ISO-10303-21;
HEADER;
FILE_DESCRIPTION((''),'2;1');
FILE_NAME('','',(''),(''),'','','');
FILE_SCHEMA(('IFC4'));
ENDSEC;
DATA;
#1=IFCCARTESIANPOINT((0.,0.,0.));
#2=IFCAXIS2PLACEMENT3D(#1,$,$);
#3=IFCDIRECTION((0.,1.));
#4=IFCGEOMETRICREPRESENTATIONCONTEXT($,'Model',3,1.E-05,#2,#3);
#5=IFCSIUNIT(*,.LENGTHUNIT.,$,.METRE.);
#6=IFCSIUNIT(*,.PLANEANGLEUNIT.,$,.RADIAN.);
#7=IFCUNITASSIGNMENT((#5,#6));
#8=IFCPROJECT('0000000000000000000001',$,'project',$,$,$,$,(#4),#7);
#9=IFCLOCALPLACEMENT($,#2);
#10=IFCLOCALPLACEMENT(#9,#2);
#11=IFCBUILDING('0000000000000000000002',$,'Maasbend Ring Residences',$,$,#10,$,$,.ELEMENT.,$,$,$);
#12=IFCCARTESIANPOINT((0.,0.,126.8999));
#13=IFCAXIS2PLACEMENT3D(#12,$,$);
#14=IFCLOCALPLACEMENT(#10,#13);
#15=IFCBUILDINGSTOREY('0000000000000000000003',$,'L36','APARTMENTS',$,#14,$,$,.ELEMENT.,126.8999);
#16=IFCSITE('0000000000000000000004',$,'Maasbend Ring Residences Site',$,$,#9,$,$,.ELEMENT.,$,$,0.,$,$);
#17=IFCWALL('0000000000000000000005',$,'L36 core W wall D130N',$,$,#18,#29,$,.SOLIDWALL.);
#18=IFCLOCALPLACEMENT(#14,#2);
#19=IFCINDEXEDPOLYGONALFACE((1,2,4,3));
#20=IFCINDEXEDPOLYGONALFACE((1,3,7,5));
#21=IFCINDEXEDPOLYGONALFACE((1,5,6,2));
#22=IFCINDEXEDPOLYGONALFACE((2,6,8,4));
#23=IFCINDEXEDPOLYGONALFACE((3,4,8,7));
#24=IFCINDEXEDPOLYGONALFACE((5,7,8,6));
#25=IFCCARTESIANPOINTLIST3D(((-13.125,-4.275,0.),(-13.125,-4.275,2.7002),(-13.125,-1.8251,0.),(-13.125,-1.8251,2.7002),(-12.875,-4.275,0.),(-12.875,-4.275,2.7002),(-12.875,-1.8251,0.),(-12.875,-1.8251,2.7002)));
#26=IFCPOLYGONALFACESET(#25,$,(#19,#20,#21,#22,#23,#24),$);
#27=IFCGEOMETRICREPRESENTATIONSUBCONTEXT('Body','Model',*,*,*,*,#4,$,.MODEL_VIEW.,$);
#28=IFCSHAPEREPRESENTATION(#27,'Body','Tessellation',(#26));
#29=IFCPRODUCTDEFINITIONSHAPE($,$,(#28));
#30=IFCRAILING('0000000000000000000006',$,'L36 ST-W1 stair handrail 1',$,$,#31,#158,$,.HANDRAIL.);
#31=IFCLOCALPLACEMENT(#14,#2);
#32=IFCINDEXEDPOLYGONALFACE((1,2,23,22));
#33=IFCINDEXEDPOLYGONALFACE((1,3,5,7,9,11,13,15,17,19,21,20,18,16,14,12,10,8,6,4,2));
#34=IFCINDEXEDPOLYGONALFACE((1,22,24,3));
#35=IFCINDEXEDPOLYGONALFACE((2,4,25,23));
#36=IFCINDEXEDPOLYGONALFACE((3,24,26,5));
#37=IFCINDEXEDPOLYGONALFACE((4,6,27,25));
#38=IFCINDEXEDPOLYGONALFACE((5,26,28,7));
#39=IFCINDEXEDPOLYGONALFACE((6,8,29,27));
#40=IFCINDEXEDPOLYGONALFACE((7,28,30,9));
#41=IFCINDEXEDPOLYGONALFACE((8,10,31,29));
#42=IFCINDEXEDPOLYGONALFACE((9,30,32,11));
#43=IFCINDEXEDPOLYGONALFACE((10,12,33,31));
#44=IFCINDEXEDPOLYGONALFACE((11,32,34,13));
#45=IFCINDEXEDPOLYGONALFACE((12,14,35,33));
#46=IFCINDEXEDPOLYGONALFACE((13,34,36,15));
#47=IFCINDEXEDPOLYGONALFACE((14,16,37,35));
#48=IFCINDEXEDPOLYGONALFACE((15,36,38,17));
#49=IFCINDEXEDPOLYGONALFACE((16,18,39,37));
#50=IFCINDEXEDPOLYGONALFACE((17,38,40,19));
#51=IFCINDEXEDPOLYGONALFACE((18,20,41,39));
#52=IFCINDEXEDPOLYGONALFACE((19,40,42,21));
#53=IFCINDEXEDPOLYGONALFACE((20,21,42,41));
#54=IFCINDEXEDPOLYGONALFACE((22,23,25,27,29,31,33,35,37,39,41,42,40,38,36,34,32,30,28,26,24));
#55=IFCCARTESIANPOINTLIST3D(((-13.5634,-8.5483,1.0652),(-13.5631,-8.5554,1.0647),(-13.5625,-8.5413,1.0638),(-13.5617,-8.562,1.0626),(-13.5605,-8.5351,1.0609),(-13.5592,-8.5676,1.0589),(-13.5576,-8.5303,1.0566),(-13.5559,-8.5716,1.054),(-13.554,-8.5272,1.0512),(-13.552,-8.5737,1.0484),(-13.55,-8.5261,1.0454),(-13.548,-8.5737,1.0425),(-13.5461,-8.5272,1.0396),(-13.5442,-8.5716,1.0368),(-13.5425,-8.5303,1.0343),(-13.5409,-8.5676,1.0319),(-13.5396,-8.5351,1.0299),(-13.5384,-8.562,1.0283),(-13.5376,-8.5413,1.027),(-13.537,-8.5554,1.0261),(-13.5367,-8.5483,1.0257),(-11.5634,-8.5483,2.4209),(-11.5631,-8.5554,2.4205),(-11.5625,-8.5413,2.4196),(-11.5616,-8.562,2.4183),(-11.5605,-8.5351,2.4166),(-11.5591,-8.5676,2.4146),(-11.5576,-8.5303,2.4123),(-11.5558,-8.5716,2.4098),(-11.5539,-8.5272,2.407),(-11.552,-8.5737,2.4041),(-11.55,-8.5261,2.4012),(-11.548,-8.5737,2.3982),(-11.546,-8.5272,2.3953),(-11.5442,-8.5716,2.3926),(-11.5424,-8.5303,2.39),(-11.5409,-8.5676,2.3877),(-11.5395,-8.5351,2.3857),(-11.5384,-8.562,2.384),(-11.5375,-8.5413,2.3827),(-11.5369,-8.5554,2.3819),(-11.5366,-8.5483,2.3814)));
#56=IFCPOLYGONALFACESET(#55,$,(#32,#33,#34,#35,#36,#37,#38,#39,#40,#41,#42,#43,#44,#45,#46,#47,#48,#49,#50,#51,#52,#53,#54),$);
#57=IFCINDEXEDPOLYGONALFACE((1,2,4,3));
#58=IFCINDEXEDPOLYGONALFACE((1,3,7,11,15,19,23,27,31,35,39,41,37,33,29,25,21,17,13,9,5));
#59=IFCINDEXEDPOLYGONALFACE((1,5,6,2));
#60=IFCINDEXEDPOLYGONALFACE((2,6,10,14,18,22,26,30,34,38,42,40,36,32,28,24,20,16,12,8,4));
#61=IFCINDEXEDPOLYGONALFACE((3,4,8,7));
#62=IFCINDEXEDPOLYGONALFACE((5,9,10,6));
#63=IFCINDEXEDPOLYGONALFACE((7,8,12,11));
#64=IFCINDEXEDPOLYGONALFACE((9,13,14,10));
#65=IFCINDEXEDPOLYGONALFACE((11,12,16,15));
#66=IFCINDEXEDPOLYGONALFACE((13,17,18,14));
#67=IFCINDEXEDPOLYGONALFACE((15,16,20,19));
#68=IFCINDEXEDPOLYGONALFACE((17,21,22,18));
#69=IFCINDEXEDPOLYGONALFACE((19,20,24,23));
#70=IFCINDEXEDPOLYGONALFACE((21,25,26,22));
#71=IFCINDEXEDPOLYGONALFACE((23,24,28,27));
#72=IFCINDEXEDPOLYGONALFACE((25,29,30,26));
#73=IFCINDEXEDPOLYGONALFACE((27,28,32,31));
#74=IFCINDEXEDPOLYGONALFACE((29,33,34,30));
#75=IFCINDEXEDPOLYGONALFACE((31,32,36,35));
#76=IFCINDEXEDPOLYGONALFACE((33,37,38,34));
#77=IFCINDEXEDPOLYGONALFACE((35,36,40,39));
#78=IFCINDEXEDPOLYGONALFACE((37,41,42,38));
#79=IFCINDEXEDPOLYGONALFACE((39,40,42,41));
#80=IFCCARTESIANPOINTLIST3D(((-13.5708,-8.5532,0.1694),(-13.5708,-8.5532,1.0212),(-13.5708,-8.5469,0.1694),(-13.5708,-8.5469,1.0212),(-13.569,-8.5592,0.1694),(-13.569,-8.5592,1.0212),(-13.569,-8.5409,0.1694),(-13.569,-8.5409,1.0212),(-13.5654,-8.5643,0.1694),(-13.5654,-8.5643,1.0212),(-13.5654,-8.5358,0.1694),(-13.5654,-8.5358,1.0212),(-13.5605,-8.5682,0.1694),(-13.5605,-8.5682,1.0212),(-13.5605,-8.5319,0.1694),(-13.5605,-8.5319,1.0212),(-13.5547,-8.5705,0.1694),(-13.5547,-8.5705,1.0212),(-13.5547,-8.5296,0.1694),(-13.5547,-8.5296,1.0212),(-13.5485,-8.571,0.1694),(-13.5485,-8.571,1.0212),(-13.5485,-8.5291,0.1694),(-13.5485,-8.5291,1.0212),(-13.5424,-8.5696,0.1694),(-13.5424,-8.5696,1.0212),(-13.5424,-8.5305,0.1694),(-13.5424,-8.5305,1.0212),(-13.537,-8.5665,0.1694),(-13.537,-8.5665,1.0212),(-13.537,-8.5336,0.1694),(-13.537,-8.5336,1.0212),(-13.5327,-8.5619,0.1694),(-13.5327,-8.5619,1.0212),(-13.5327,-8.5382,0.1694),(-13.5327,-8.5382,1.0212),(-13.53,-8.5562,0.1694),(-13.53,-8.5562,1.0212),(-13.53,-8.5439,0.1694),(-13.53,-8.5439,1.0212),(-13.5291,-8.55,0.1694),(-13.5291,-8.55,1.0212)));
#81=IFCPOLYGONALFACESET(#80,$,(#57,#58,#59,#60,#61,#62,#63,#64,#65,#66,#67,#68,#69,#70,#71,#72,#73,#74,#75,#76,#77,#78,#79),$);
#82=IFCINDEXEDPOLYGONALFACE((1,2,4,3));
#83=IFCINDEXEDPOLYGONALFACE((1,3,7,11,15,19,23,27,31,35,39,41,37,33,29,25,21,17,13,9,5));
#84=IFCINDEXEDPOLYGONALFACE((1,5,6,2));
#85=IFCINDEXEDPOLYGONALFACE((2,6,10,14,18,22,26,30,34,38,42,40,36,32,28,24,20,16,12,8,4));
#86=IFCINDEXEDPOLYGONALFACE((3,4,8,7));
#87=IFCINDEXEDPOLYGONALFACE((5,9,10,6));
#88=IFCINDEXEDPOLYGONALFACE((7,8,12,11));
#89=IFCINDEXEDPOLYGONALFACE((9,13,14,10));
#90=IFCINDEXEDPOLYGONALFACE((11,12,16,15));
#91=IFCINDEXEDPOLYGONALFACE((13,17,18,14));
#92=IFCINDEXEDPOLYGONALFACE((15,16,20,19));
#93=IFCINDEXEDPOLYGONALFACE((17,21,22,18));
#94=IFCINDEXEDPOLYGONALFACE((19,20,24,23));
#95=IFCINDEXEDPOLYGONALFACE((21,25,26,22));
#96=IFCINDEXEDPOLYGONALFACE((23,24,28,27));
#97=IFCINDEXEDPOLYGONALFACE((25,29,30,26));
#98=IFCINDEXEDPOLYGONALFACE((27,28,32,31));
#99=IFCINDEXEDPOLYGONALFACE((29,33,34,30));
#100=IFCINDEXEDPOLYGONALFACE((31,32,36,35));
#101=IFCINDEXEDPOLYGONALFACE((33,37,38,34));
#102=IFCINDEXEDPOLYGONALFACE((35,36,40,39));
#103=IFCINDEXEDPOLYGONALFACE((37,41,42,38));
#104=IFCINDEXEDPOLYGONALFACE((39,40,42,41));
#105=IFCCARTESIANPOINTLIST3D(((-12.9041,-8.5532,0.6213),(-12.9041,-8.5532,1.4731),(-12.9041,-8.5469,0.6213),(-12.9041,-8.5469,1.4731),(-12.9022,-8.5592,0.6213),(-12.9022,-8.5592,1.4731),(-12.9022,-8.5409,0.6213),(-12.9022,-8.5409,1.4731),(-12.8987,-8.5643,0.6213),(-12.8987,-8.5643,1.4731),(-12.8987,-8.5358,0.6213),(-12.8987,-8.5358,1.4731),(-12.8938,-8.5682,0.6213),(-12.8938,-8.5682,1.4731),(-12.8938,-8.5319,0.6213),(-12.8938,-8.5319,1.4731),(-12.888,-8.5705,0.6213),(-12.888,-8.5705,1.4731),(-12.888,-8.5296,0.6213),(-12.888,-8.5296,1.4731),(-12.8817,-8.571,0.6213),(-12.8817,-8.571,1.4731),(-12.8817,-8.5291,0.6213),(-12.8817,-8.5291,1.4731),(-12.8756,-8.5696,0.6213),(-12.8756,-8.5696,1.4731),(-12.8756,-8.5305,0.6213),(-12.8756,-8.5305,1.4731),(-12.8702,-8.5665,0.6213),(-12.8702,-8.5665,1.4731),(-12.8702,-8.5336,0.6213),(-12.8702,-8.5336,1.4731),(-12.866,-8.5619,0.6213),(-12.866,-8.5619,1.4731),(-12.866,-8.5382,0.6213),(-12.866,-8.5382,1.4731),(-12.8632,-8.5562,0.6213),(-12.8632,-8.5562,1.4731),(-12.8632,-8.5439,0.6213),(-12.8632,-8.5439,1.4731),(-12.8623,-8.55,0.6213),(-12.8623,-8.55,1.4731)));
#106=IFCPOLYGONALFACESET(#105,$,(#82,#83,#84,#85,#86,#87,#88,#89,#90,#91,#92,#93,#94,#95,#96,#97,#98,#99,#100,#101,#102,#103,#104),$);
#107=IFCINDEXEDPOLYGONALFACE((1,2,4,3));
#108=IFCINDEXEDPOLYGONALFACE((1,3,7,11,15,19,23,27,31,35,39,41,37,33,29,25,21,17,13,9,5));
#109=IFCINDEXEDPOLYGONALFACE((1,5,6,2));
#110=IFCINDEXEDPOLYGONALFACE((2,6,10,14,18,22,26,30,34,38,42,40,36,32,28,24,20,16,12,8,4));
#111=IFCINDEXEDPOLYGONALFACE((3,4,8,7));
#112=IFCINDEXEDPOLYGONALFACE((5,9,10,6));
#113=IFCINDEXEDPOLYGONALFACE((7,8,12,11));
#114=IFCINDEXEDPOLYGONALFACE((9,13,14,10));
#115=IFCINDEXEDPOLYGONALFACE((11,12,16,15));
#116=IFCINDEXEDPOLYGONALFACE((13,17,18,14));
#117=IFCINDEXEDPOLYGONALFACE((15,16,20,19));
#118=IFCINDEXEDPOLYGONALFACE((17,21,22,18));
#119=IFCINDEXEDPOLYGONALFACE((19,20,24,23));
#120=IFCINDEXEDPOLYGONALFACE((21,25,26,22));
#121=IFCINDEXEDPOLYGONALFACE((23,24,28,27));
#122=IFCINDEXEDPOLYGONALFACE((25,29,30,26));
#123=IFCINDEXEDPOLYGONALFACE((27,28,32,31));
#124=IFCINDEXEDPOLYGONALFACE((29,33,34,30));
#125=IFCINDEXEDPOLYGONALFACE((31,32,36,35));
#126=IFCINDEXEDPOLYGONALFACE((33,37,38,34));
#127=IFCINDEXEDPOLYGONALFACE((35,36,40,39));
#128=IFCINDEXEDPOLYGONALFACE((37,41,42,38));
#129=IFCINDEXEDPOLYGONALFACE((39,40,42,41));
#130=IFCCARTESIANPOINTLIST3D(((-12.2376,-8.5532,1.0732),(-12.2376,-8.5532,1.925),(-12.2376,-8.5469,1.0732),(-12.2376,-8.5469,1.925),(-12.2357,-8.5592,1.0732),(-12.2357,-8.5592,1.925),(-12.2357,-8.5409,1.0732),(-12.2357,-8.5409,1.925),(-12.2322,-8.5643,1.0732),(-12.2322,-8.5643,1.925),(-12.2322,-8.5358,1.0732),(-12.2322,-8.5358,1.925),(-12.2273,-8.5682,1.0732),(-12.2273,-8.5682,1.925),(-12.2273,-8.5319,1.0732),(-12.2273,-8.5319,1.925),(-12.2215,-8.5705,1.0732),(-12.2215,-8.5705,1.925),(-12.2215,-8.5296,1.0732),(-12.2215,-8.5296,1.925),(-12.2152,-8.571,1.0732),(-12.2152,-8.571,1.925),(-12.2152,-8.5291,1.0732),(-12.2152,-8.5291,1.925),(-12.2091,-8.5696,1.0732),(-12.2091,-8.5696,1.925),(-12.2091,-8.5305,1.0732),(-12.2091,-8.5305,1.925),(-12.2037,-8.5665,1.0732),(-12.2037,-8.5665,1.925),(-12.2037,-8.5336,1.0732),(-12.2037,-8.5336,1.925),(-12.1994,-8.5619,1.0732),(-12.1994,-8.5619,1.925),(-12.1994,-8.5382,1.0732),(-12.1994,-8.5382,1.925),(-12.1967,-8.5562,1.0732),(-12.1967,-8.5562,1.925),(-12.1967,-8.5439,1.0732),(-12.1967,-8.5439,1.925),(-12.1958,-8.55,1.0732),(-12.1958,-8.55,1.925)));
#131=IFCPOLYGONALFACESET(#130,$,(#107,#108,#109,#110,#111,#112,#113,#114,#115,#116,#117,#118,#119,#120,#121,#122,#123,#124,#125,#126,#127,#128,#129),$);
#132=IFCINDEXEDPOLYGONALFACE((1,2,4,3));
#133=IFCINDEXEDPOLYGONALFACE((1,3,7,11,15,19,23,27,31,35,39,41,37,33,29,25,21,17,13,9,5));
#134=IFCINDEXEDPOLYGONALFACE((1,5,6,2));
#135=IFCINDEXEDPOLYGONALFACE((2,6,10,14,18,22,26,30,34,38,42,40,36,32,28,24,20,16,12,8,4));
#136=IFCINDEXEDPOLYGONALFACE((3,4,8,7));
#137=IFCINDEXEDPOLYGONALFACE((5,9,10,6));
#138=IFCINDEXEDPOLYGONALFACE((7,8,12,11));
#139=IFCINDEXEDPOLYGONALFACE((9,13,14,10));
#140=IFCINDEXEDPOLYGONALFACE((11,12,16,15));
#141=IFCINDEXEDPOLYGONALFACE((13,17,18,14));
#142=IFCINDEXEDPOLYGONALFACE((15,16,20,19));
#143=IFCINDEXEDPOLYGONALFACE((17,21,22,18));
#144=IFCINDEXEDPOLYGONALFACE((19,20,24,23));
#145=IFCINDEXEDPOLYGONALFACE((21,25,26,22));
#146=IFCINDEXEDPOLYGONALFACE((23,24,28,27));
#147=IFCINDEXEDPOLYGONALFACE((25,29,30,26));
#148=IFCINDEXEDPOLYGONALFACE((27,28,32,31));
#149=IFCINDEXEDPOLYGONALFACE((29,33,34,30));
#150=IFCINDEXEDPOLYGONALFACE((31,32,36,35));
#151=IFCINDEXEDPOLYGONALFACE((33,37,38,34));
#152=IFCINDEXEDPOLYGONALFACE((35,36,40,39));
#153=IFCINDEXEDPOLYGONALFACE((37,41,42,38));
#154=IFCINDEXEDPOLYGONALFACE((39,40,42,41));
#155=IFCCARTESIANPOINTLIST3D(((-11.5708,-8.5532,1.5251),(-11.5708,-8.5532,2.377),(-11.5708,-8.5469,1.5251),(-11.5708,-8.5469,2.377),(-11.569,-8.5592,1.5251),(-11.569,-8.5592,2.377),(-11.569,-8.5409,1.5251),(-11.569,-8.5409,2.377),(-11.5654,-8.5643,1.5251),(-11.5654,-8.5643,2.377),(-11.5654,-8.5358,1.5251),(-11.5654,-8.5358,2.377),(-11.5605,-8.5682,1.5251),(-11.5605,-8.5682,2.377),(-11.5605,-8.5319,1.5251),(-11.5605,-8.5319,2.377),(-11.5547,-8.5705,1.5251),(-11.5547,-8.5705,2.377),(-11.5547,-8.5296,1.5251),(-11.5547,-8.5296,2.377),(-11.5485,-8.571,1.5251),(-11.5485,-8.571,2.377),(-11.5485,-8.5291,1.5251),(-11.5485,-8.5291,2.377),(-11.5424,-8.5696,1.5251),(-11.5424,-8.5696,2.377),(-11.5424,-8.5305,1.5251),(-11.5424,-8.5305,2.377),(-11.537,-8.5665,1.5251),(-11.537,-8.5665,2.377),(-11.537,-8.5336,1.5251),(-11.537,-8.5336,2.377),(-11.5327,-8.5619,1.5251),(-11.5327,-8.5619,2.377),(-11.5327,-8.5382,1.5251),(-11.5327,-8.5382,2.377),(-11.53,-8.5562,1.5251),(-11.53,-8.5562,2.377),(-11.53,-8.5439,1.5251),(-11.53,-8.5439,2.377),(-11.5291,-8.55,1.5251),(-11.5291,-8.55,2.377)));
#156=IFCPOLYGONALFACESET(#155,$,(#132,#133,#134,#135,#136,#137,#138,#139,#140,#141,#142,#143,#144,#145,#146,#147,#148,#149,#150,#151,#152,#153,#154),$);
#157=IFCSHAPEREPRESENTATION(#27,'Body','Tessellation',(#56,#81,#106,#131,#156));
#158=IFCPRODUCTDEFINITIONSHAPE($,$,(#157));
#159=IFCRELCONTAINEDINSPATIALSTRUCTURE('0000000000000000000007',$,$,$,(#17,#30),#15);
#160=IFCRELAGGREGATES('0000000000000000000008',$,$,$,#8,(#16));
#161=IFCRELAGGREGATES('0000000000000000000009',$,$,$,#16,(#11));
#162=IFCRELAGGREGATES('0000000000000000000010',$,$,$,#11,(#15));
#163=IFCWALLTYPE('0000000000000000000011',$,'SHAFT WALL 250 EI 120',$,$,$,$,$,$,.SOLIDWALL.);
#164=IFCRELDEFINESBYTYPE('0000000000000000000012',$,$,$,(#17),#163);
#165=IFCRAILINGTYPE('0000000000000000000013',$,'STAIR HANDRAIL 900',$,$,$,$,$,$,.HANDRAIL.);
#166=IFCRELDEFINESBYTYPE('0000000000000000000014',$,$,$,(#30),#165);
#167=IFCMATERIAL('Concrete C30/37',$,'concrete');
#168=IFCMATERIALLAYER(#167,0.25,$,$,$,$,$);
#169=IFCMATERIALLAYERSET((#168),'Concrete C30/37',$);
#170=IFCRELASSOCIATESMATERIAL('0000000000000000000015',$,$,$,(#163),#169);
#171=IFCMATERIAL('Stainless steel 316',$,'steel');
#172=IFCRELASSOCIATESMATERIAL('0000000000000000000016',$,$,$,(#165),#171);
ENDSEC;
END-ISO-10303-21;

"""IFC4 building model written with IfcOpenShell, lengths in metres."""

from ifc_helpers import new_model, si_unit, direction, frame, frame_2d, origin, origin_2d, place, context, subcontext, project, spatial, rectangle, circle, extrude, material, layer, layer_set, type_object, element, save


model = new_model("IFC4")

# Units and contexts
model_context = context("Model", 3, precision=1e-05, world=origin(), true_north=direction((0.0, 1.0)))
body_context = subcontext(model_context, "Body", "Model", "MODEL_VIEW")
ifc_project = project(units=[si_unit("LENGTHUNIT", "METRE"), si_unit("PLANEANGLEUNIT", "RADIAN")], contexts=[model_context])

# Site, building, storey
site_placement = place(None, origin())
site = spatial("IfcSite", under=ifc_project, at=site_placement, Name="Maasbend Ring Residences Site", CompositionType="ELEMENT", RefElevation=0.0)
building_placement = place(site_placement, origin())
building = spatial("IfcBuilding", under=site, at=building_placement, Name="Maasbend Ring Residences", CompositionType="ELEMENT")
storey_placement = place(building_placement, frame((0.0, 0.0, 126.8999)))
storey = spatial("IfcBuildingStorey", under=building, at=storey_placement, Name="L36", Description="APARTMENTS", CompositionType="ELEMENT", Elevation=126.8999)

# Wall
ifc_material_1 = material(Name="Concrete C30/37", Category="concrete")
ifc_layer_1 = layer(ifc_material_1, 0.25)
ifc_layer_set_1 = layer_set([ifc_layer_1], Name="Concrete C30/37")
wall_type_1 = type_object("IfcWallType", Name="SHAFT WALL 250 EI 120", PredefinedType="SOLIDWALL", material=ifc_layer_set_1)
for number, where, z_axis, x_axis, name in (
    (1, (-13.0, -1.825, 0.0), (0.0, 0.0, 1.0), (0.0, -1.0, 0.0), "L36 core W wall D130N"),
):
    element("IfcWall", number, at=place(storey_placement, frame(where, z_axis=z_axis, x_axis=x_axis)), inside=storey, type_object=wall_type_1, Name=name, PredefinedType="SOLIDWALL", context=body_context, shape_type="SweptSolid", body=[
        extrude(rectangle(XDim=2.45, YDim=0.25, at=frame_2d((1.2251, 0.0))), origin(), (0.0, 0.0, 1.0), 2.7002),
    ])

# Railing
ifc_material_2 = material(Name="Stainless steel 316", Category="steel")
railing_type_1 = type_object("IfcRailingType", Name="STAIR HANDRAIL 900", PredefinedType="HANDRAIL", material=ifc_material_2)
railing_1_placement = place(storey_placement, frame((-13.55, -8.55, 0.1694)))
element("IfcRailing", 2, at=railing_1_placement, inside=storey, type_object=railing_type_1, Name="L36 ST-W1 stair handrail 1", PredefinedType="HANDRAIL", context=body_context, shape_type="SweptSolid", body=[
    extrude(circle(Radius=0.0239, at=origin_2d()), frame((0.0, 0.0, 0.876), z_axis=(0.827751, 0.0, 0.561096), x_axis=(0.0, 1.0, 0.0)), (0.0, 0.0, 1.0), 2.4163),
    extrude(circle(Radius=0.021, at=origin_2d()), origin(), (0.0, 0.0, 1.0), 0.8518),
    extrude(circle(Radius=0.021, at=origin_2d()), frame((0.6667, 0.0, 0.4519)), (0.0, 0.0, 1.0), 0.8518),
    extrude(circle(Radius=0.021, at=origin_2d()), frame((1.3333, 0.0, 0.9038)), (0.0, 0.0, 1.0), 0.8518),
    extrude(circle(Radius=0.021, at=origin_2d()), frame((2.0, 0.0, 1.3557)), (0.0, 0.0, 1.0), 0.8518),
])

save(model, "model.ifc")
